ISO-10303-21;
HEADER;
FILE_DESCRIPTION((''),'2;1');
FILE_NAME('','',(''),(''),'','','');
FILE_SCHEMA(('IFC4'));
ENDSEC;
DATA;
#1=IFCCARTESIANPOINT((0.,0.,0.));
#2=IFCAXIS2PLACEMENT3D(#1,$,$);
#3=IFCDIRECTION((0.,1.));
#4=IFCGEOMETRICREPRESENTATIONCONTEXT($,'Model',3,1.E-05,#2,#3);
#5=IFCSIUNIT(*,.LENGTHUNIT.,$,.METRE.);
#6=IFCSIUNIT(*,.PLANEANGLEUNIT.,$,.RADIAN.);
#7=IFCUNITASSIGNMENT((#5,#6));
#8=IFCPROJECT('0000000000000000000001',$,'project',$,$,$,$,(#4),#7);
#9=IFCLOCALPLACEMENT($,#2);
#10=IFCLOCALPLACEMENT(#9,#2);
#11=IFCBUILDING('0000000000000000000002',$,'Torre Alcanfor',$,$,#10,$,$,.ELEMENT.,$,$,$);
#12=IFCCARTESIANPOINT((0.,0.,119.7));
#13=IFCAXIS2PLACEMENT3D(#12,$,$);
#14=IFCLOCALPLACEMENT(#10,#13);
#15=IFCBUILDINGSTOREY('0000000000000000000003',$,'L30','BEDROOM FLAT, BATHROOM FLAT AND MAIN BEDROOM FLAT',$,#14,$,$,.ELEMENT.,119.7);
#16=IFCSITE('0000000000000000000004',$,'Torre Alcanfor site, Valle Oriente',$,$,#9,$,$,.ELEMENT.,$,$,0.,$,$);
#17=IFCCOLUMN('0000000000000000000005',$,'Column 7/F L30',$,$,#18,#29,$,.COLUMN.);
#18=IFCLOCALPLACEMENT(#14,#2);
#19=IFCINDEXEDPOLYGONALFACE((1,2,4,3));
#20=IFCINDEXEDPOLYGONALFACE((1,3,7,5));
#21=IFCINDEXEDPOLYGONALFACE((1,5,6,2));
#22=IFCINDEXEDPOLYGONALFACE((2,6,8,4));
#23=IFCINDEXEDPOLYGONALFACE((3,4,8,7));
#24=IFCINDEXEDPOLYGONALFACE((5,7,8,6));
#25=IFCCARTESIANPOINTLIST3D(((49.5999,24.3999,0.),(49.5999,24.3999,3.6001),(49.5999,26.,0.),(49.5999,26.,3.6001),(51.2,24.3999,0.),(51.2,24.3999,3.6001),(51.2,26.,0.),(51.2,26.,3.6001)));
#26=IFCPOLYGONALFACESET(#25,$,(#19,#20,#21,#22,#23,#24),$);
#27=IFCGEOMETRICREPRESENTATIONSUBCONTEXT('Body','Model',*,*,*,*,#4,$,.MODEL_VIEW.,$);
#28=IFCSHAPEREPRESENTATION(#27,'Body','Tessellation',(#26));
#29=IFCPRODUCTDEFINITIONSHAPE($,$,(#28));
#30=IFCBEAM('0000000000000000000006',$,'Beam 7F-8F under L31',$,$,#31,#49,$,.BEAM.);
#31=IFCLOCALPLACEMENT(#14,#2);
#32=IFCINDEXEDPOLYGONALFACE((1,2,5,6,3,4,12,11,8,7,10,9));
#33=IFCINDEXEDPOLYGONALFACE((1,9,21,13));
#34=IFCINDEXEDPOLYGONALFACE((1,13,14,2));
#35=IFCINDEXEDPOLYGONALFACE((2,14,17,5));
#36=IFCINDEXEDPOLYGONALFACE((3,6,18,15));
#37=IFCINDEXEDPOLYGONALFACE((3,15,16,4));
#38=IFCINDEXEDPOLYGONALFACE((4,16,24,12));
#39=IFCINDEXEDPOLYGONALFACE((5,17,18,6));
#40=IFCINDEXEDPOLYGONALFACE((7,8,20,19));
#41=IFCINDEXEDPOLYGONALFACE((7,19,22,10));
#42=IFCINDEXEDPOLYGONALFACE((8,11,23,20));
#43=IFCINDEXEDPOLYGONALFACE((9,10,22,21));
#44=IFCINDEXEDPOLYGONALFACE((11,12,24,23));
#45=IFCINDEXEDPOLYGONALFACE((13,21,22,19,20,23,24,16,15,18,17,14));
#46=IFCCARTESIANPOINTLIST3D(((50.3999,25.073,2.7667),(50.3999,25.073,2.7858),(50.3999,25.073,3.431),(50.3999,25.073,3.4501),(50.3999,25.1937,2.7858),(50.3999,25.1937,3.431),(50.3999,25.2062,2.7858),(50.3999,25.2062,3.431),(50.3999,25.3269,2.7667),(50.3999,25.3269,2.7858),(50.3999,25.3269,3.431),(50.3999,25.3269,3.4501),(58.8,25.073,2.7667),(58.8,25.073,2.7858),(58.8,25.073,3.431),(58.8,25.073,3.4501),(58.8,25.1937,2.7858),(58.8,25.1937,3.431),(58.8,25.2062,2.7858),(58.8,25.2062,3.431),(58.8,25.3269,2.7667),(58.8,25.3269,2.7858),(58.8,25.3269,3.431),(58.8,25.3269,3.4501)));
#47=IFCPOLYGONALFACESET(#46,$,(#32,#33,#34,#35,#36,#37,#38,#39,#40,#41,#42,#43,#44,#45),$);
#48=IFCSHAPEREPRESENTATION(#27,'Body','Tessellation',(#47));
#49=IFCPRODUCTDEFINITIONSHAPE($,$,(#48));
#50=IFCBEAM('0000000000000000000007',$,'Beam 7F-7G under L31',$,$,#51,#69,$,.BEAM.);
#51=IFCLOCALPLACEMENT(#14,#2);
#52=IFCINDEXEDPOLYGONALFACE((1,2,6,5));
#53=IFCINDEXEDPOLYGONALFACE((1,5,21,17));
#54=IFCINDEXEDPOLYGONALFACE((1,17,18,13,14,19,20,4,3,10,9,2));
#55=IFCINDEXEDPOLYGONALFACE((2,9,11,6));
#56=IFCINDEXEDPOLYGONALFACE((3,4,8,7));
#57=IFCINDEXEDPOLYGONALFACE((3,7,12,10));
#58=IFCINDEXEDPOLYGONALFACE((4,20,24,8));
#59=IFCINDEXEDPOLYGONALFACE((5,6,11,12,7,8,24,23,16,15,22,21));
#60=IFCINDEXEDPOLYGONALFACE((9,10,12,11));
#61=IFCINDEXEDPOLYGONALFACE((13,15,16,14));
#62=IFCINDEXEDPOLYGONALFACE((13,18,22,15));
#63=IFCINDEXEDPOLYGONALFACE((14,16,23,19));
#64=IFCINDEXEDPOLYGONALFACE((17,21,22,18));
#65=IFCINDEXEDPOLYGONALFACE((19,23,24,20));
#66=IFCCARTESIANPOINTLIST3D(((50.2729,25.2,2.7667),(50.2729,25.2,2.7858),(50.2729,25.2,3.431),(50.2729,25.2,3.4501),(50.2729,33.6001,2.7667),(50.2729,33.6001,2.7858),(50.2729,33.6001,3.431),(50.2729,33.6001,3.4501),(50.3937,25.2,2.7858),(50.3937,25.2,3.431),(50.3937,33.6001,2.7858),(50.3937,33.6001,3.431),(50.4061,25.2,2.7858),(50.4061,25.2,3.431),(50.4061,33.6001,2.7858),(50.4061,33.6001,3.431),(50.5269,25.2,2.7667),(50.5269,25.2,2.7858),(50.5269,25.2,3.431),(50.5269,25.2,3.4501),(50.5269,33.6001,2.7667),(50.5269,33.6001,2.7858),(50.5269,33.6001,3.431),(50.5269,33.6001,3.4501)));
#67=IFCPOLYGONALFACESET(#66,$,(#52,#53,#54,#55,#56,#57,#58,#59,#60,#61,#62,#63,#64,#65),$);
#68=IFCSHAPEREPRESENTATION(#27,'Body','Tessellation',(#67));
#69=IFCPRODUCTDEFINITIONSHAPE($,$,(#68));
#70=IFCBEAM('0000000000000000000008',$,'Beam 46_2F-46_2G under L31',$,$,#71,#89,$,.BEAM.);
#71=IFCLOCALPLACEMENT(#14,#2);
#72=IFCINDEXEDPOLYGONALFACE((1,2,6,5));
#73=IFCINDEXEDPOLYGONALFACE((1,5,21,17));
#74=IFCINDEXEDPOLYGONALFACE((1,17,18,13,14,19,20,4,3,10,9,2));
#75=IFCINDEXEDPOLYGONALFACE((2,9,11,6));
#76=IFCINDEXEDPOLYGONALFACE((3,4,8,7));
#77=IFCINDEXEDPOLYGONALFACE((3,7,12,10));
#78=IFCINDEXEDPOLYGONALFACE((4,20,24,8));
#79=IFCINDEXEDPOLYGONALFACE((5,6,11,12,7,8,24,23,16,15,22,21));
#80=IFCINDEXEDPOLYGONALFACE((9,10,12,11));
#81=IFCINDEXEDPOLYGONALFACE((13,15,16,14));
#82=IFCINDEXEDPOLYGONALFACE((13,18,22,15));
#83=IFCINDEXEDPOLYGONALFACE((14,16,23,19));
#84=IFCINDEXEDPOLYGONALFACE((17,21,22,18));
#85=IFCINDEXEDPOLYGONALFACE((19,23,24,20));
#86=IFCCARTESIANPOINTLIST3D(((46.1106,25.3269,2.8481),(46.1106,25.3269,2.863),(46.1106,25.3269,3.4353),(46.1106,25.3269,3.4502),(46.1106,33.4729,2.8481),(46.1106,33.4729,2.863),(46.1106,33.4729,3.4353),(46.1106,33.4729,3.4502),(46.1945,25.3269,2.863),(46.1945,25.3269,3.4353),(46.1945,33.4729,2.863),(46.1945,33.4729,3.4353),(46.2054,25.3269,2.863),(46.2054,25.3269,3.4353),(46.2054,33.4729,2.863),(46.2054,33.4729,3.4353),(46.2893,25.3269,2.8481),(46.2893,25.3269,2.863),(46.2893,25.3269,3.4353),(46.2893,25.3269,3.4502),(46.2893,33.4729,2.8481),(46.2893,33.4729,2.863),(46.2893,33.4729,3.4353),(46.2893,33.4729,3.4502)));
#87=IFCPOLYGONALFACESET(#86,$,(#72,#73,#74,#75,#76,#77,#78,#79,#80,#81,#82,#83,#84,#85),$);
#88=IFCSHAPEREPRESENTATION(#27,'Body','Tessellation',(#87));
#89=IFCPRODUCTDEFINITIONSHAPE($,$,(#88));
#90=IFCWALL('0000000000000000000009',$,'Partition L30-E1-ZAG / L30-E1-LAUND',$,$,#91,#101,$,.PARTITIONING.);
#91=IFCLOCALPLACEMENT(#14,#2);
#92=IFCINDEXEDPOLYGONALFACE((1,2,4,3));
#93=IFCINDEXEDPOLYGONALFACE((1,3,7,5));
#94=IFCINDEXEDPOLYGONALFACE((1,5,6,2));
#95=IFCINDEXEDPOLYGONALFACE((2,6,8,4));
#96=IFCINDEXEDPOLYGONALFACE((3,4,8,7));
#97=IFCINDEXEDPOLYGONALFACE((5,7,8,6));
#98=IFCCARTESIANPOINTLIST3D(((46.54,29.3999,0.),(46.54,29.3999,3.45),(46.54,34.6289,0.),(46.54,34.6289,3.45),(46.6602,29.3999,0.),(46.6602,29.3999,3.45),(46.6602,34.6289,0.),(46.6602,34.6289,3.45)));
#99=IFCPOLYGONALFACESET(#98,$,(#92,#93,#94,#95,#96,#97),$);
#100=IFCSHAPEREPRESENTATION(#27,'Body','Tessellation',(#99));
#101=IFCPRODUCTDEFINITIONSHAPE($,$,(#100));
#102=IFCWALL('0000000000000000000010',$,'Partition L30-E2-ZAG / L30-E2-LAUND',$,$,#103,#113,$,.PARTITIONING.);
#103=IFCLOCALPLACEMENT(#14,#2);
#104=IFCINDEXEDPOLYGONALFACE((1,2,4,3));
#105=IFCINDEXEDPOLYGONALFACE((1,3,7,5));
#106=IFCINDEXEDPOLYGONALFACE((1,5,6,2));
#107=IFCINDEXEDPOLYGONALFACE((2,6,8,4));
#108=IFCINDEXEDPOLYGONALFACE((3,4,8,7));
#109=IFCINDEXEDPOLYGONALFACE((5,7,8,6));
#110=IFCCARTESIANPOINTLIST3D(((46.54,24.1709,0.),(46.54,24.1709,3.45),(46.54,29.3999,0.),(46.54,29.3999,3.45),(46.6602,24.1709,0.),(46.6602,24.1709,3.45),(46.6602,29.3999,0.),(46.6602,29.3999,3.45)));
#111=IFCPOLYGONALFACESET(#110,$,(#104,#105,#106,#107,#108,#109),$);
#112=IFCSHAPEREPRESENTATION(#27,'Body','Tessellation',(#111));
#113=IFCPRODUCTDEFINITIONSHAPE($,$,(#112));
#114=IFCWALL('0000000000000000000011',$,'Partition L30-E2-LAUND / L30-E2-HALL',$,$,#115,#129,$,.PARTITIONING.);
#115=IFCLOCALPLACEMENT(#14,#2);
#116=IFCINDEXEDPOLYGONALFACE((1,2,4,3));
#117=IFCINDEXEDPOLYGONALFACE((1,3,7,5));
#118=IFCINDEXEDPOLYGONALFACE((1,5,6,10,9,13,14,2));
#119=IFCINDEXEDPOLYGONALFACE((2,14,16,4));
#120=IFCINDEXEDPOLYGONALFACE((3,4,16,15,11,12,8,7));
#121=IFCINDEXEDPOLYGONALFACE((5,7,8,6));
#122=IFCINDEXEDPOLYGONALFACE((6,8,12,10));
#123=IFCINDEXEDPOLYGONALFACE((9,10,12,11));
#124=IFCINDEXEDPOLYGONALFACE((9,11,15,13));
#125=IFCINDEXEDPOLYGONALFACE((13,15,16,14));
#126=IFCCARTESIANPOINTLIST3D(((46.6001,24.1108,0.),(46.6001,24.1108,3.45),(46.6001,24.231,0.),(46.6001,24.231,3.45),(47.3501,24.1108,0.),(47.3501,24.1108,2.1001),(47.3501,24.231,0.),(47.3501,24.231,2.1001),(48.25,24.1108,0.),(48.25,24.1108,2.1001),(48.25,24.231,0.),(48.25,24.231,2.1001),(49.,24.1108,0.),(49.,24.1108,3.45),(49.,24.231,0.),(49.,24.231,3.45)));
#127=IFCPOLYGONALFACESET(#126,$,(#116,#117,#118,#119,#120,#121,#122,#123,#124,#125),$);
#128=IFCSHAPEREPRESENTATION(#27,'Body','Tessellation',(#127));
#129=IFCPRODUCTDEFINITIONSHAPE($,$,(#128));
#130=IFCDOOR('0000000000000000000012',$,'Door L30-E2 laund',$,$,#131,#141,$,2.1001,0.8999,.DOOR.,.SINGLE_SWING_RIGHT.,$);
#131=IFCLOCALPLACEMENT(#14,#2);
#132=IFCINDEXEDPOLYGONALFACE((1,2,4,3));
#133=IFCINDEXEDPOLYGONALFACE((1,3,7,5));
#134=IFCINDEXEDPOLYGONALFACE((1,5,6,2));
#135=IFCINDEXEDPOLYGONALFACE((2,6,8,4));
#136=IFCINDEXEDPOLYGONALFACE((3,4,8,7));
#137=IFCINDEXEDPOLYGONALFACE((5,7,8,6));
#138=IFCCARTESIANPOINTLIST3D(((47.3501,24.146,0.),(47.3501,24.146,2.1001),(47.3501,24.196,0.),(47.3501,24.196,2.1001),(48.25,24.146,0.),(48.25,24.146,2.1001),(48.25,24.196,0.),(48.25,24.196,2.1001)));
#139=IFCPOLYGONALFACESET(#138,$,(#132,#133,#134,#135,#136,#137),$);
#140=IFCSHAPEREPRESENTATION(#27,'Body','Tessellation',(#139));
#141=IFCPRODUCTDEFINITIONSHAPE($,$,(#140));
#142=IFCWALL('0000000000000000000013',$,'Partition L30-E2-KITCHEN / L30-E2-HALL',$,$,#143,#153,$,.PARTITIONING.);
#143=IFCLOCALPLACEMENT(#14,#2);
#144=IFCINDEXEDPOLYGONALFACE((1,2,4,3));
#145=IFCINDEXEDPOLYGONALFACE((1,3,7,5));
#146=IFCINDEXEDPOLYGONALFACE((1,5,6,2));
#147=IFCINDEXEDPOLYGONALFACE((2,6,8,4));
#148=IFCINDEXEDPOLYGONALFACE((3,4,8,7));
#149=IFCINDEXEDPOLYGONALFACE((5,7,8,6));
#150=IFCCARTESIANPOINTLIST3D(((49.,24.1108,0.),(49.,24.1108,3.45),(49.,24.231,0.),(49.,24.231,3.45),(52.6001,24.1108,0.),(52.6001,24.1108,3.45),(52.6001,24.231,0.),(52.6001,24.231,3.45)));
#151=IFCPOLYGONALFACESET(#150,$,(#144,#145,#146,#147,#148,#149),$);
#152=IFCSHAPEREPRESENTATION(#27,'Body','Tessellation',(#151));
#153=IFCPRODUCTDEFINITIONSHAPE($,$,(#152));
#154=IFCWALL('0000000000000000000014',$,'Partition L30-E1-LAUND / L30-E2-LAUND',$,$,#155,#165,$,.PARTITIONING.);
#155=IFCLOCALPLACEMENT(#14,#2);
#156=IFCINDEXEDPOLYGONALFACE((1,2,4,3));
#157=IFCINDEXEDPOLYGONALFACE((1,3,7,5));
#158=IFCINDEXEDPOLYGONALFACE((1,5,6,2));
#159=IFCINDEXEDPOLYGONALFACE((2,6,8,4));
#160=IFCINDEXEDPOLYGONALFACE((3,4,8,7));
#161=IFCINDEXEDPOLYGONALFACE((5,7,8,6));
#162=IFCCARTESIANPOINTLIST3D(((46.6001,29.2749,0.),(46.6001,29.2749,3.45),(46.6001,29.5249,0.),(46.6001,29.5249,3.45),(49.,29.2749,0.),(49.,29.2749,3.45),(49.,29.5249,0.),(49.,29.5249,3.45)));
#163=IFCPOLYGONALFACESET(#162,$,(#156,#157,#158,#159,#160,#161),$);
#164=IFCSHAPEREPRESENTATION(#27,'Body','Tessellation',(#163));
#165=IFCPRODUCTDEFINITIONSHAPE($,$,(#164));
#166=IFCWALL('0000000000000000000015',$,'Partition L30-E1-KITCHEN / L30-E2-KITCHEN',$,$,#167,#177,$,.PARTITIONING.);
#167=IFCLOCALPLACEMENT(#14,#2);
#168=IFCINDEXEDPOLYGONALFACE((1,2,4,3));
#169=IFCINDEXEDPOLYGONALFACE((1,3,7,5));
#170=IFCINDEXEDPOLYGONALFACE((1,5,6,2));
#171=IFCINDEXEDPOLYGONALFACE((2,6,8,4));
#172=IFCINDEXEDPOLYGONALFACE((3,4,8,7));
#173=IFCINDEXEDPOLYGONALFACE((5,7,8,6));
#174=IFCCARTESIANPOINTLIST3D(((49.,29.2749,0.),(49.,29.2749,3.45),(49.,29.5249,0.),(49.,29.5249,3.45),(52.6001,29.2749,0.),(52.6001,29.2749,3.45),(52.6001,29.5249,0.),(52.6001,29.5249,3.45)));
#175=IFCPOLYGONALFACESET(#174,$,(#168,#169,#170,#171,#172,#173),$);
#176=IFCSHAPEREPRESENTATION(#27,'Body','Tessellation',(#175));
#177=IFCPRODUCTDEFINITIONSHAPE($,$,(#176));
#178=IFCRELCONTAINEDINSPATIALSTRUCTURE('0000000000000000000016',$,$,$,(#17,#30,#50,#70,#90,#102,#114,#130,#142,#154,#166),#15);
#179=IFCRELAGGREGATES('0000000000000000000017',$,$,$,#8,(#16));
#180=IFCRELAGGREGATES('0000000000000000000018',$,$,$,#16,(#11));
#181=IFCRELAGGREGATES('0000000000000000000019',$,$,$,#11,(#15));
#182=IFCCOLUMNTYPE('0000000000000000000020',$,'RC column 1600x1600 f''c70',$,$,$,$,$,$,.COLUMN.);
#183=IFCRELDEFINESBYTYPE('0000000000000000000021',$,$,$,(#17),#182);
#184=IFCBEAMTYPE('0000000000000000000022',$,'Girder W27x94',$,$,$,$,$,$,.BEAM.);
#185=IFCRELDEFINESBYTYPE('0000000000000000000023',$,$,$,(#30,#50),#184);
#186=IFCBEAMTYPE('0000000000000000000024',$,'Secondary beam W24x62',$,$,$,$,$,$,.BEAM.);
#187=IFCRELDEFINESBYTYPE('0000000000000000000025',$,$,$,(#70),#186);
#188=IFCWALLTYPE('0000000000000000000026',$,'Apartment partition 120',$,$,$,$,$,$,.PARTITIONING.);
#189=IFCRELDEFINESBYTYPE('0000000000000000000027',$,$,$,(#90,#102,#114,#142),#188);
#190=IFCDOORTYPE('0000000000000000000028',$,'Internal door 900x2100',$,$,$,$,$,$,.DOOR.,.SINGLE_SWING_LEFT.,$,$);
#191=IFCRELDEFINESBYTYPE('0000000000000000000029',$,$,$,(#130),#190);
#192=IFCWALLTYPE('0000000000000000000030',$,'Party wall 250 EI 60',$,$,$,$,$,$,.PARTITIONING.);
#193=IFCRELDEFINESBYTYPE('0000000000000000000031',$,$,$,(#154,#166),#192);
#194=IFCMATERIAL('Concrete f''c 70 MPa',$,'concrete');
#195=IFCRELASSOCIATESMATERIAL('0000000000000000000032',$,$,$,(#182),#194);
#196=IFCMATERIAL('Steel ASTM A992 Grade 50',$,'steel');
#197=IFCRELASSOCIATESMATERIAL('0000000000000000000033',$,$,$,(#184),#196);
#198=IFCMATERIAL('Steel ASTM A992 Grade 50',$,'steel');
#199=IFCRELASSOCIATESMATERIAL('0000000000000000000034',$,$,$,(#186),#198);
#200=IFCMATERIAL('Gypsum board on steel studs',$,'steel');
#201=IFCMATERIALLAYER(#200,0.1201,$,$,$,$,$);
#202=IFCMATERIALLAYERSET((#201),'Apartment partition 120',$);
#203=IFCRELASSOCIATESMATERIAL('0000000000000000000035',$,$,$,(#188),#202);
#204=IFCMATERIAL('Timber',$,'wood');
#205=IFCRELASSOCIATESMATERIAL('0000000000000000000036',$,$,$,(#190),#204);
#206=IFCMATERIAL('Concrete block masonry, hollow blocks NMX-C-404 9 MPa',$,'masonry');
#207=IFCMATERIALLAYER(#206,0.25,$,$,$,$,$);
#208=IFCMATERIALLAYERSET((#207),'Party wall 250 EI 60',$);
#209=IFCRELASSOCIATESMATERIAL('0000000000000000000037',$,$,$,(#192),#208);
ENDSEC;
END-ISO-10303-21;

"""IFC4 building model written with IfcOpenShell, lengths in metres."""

from ifc_helpers import new_model, si_unit, direction, frame, frame_2d, origin, origin_2d, place, context, subcontext, project, spatial, rectangle, i_section, extrude, material, layer, layer_set, material_profile, profile_set, type_object, element, fill, save


model = new_model("IFC4")

# Units and contexts
model_context = context("Model", 3, precision=1e-05, world=origin(), true_north=direction((0.0, 1.0)))
body_context = subcontext(model_context, "Body", "Model", "MODEL_VIEW")
ifc_project = project(units=[si_unit("LENGTHUNIT", "METRE"), si_unit("PLANEANGLEUNIT", "RADIAN")], contexts=[model_context])

# Site, building, storey
site_placement = place(None, origin())
site = spatial("IfcSite", under=ifc_project, at=site_placement, Name="Torre Alcanfor site, Valle Oriente", CompositionType="ELEMENT", RefElevation=0.0)
building_placement = place(site_placement, origin())
building = spatial("IfcBuilding", under=site, at=building_placement, Name="Torre Alcanfor", CompositionType="ELEMENT")
storey_placement = place(building_placement, frame((0.0, 0.0, 119.7)))
storey = spatial("IfcBuildingStorey", under=building, at=storey_placement, Name="L30", Description="BEDROOM FLAT, BATHROOM FLAT AND MAIN BEDROOM FLAT", CompositionType="ELEMENT", Elevation=119.7)

# Column
ifc_material_1 = material(Name="Concrete f'c 70 MPa", Category="concrete")
ifc_material_profile_1 = material_profile(ifc_material_1, rectangle(XDim=1.6001, YDim=1.6001, at=origin_2d()), Name="1600x1600")
ifc_profile_set_1 = profile_set([ifc_material_profile_1], Name="Concrete f'c 70 MPa")
column_type = type_object("IfcColumnType", Name="RC column 1600x1600 f'c70", PredefinedType="COLUMN", material=ifc_profile_set_1)
column_placement = place(storey_placement, frame((50.3999, 25.2, 0.0), z_axis=(0.0, 0.0, 1.0), x_axis=(1.0, 0.0, 0.0)))
element("IfcColumn", 1, at=column_placement, inside=storey, type_object=column_type, Name="Column 7/F L30", PredefinedType="COLUMN", context=body_context, shape_type="SweptSolid", body=[
    extrude(rectangle(XDim=1.6001, YDim=1.6001, at=origin_2d()), origin(), (0.0, 0.0, 1.0), 3.6001),
])

# Beams
ifc_material_2 = material(Name="Steel ASTM A992 Grade 50", Category="steel")
ifc_material_profile_2 = material_profile(ifc_material_2, i_section(OverallWidth=0.2539, OverallDepth=0.6833, WebThickness=0.0125, FlangeThickness=0.019, at=origin_2d()), Name="W27x94")
ifc_profile_set_2 = profile_set([ifc_material_profile_2], Name="Steel ASTM A992 Grade 50")
beam_type_1 = type_object("IfcBeamType", Name="Girder W27x94", PredefinedType="BEAM", material=ifc_profile_set_2)
for number, where, z_axis, x_axis, name in (
    (2, (50.3999, 25.2, 3.1084), (1.0, 0.0, 0.0), (0.0, 1.0, 0.0), "Beam 7F-8F under L31"),
    (3, (50.3999, 25.2, 3.1084), (0.0, 1.0, 0.0), (-1.0, 0.0, 0.0), "Beam 7F-7G under L31"),
):
    element("IfcBeam", number, at=place(storey_placement, frame(where, z_axis=z_axis, x_axis=x_axis)), inside=storey, type_object=beam_type_1, Name=name, PredefinedType="BEAM", context=body_context, shape_type="SweptSolid", body=[
        extrude(i_section(OverallWidth=0.2539, OverallDepth=0.6833, WebThickness=0.0125, FlangeThickness=0.019, at=origin_2d()), origin(), (0.0, 0.0, 1.0), 8.4001),
    ])
ifc_material_3 = material(Name="Steel ASTM A992 Grade 50", Category="steel")
ifc_material_profile_3 = material_profile(ifc_material_3, i_section(OverallWidth=0.1787, OverallDepth=0.6021, WebThickness=0.011, FlangeThickness=0.0149, at=origin_2d()), Name="W24x62")
ifc_profile_set_3 = profile_set([ifc_material_profile_3], Name="Steel ASTM A992 Grade 50")
beam_type_2 = type_object("IfcBeamType", Name="Secondary beam W24x62", PredefinedType="BEAM", material=ifc_profile_set_3)
beam_placement = place(storey_placement, frame((46.2, 25.3269, 3.1492), z_axis=(0.0, 1.0, 0.0), x_axis=(-1.0, 0.0, 0.0)))
element("IfcBeam", 4, at=beam_placement, inside=storey, type_object=beam_type_2, Name="Beam 46_2F-46_2G under L31", PredefinedType="BEAM", context=body_context, shape_type="SweptSolid", body=[
    extrude(i_section(OverallWidth=0.1787, OverallDepth=0.6021, WebThickness=0.011, FlangeThickness=0.0149, at=origin_2d()), origin(), (0.0, 0.0, 1.0), 8.146),
])

# Walls
ifc_material_4 = material(Name="Gypsum board on steel studs", Category="steel")
ifc_layer_1 = layer(ifc_material_4, 0.1201)
ifc_layer_set_1 = layer_set([ifc_layer_1], Name="Apartment partition 120")
wall_type_1 = type_object("IfcWallType", Name="Apartment partition 120", PredefinedType="PARTITIONING", material=ifc_layer_set_1)
for number, where, z_axis, x_axis, name in (
    (5, (46.6001, 29.3999, 0.0), (0.0, 0.0, 1.0), (0.0, 1.0, 0.0), "Partition L30-E1-ZAG / L30-E1-LAUND"),
    (6, (46.6001, 29.3999, 0.0), (0.0, 0.0, 1.0), (0.0, -1.0, 0.0), "Partition L30-E2-ZAG / L30-E2-LAUND"),
):
    element("IfcWall", number, at=place(storey_placement, frame(where, z_axis=z_axis, x_axis=x_axis)), inside=storey, type_object=wall_type_1, Name=name, PredefinedType="PARTITIONING", context=body_context, shape_type="SweptSolid", body=[
        extrude(rectangle(XDim=5.229, YDim=0.1201, at=frame_2d((2.6145, 0.0))), origin(), (0.0, 0.0, 1.0), 3.45),
    ])

# Wall, opening, door
wall_1_placement = place(storey_placement, frame((49.0, 24.1709, 0.0), z_axis=(0.0, 0.0, 1.0), x_axis=(-1.0, 0.0, 0.0)))
wall_1 = element("IfcWall", 7, at=wall_1_placement, inside=storey, type_object=wall_type_1, Name="Partition L30-E2-LAUND / L30-E2-HALL", PredefinedType="PARTITIONING", context=body_context, shape_type="SweptSolid", body=[
    extrude(rectangle(XDim=2.3999, YDim=0.1201, at=frame_2d((1.2, 0.0))), origin(), (0.0, 0.0, 1.0), 3.45),
])
opening_1_placement = place(wall_1_placement, frame((0.75, 0.0, 0.0)))
opening_1 = element("IfcOpeningElement", 8, at=opening_1_placement, cuts=wall_1, PredefinedType="OPENING", context=body_context, shape_type="SweptSolid", body=[
    extrude(rectangle(XDim=0.8999, YDim=2.1001, at=frame_2d((0.45, 1.05))), frame((0.0, 0.0701, 0.0), z_axis=(0.0, -1.0, 0.0), x_axis=(1.0, 0.0, 0.0)), (0.0, 0.0, 1.0), 0.1401),
])
ifc_material_5 = material(Name="Timber", Category="wood")
door_type_1 = type_object("IfcDoorType", Name="Internal door 900x2100", OperationType="SINGLE_SWING_LEFT", PredefinedType="DOOR", material=ifc_material_5)
door_1_placement = place(opening_1_placement, frame((0.8999, 0.0, 0.0), z_axis=(0.0, 0.0, 1.0), x_axis=(-1.0, 0.0, 0.0)))
door_1 = element("IfcDoor", 9, at=door_1_placement, inside=storey, type_object=door_type_1, Name="Door L30-E2 laund", OperationType="SINGLE_SWING_RIGHT", OverallHeight=2.1001, OverallWidth=0.8999, PredefinedType="DOOR", context=body_context, shape_type="SweptSolid", body=[
    extrude(rectangle(XDim=0.8999, YDim=2.1001, at=frame_2d((0.45, 1.05))), frame((0.0, 0.0251, 0.0), z_axis=(0.0, -1.0, 0.0), x_axis=(1.0, 0.0, 0.0)), (0.0, 0.0, 1.0), 0.05),
])
fill(opening_1, door_1)

# Walls
wall_2_placement = place(storey_placement, frame((52.6001, 24.1709, 0.0), z_axis=(0.0, 0.0, 1.0), x_axis=(-1.0, 0.0, 0.0)))
element("IfcWall", 10, at=wall_2_placement, inside=storey, type_object=wall_type_1, Name="Partition L30-E2-KITCHEN / L30-E2-HALL", PredefinedType="PARTITIONING", context=body_context, shape_type="SweptSolid", body=[
    extrude(rectangle(XDim=3.6001, YDim=0.1201, at=frame_2d((1.8, 0.0))), origin(), (0.0, 0.0, 1.0), 3.45),
])
ifc_material_6 = material(Name="Concrete block masonry, hollow blocks NMX-C-404 9 MPa", Category="masonry")
ifc_layer_2 = layer(ifc_material_6, 0.25)
ifc_layer_set_2 = layer_set([ifc_layer_2], Name="Party wall 250 EI 60")
wall_type_2 = type_object("IfcWallType", Name="Party wall 250 EI 60", PredefinedType="PARTITIONING", material=ifc_layer_set_2)
wall_3_placement = place(storey_placement, frame((46.6001, 29.3999, 0.0), z_axis=(0.0, 0.0, 1.0), x_axis=(1.0, 0.0, 0.0)))
element("IfcWall", 11, at=wall_3_placement, inside=storey, type_object=wall_type_2, Name="Partition L30-E1-LAUND / L30-E2-LAUND", PredefinedType="PARTITIONING", context=body_context, shape_type="SweptSolid", body=[
    extrude(rectangle(XDim=2.3999, YDim=0.25, at=frame_2d((1.2, 0.0))), origin(), (0.0, 0.0, 1.0), 3.45),
])
wall_4_placement = place(storey_placement, frame((49.0, 29.3999, 0.0), z_axis=(0.0, 0.0, 1.0), x_axis=(1.0, 0.0, 0.0)))
element("IfcWall", 12, at=wall_4_placement, inside=storey, type_object=wall_type_2, Name="Partition L30-E1-KITCHEN / L30-E2-KITCHEN", PredefinedType="PARTITIONING", context=body_context, shape_type="SweptSolid", body=[
    extrude(rectangle(XDim=3.6001, YDim=0.25, at=frame_2d((1.8, 0.0))), origin(), (0.0, 0.0, 1.0), 3.45),
])

save(model, "model.ifc")
